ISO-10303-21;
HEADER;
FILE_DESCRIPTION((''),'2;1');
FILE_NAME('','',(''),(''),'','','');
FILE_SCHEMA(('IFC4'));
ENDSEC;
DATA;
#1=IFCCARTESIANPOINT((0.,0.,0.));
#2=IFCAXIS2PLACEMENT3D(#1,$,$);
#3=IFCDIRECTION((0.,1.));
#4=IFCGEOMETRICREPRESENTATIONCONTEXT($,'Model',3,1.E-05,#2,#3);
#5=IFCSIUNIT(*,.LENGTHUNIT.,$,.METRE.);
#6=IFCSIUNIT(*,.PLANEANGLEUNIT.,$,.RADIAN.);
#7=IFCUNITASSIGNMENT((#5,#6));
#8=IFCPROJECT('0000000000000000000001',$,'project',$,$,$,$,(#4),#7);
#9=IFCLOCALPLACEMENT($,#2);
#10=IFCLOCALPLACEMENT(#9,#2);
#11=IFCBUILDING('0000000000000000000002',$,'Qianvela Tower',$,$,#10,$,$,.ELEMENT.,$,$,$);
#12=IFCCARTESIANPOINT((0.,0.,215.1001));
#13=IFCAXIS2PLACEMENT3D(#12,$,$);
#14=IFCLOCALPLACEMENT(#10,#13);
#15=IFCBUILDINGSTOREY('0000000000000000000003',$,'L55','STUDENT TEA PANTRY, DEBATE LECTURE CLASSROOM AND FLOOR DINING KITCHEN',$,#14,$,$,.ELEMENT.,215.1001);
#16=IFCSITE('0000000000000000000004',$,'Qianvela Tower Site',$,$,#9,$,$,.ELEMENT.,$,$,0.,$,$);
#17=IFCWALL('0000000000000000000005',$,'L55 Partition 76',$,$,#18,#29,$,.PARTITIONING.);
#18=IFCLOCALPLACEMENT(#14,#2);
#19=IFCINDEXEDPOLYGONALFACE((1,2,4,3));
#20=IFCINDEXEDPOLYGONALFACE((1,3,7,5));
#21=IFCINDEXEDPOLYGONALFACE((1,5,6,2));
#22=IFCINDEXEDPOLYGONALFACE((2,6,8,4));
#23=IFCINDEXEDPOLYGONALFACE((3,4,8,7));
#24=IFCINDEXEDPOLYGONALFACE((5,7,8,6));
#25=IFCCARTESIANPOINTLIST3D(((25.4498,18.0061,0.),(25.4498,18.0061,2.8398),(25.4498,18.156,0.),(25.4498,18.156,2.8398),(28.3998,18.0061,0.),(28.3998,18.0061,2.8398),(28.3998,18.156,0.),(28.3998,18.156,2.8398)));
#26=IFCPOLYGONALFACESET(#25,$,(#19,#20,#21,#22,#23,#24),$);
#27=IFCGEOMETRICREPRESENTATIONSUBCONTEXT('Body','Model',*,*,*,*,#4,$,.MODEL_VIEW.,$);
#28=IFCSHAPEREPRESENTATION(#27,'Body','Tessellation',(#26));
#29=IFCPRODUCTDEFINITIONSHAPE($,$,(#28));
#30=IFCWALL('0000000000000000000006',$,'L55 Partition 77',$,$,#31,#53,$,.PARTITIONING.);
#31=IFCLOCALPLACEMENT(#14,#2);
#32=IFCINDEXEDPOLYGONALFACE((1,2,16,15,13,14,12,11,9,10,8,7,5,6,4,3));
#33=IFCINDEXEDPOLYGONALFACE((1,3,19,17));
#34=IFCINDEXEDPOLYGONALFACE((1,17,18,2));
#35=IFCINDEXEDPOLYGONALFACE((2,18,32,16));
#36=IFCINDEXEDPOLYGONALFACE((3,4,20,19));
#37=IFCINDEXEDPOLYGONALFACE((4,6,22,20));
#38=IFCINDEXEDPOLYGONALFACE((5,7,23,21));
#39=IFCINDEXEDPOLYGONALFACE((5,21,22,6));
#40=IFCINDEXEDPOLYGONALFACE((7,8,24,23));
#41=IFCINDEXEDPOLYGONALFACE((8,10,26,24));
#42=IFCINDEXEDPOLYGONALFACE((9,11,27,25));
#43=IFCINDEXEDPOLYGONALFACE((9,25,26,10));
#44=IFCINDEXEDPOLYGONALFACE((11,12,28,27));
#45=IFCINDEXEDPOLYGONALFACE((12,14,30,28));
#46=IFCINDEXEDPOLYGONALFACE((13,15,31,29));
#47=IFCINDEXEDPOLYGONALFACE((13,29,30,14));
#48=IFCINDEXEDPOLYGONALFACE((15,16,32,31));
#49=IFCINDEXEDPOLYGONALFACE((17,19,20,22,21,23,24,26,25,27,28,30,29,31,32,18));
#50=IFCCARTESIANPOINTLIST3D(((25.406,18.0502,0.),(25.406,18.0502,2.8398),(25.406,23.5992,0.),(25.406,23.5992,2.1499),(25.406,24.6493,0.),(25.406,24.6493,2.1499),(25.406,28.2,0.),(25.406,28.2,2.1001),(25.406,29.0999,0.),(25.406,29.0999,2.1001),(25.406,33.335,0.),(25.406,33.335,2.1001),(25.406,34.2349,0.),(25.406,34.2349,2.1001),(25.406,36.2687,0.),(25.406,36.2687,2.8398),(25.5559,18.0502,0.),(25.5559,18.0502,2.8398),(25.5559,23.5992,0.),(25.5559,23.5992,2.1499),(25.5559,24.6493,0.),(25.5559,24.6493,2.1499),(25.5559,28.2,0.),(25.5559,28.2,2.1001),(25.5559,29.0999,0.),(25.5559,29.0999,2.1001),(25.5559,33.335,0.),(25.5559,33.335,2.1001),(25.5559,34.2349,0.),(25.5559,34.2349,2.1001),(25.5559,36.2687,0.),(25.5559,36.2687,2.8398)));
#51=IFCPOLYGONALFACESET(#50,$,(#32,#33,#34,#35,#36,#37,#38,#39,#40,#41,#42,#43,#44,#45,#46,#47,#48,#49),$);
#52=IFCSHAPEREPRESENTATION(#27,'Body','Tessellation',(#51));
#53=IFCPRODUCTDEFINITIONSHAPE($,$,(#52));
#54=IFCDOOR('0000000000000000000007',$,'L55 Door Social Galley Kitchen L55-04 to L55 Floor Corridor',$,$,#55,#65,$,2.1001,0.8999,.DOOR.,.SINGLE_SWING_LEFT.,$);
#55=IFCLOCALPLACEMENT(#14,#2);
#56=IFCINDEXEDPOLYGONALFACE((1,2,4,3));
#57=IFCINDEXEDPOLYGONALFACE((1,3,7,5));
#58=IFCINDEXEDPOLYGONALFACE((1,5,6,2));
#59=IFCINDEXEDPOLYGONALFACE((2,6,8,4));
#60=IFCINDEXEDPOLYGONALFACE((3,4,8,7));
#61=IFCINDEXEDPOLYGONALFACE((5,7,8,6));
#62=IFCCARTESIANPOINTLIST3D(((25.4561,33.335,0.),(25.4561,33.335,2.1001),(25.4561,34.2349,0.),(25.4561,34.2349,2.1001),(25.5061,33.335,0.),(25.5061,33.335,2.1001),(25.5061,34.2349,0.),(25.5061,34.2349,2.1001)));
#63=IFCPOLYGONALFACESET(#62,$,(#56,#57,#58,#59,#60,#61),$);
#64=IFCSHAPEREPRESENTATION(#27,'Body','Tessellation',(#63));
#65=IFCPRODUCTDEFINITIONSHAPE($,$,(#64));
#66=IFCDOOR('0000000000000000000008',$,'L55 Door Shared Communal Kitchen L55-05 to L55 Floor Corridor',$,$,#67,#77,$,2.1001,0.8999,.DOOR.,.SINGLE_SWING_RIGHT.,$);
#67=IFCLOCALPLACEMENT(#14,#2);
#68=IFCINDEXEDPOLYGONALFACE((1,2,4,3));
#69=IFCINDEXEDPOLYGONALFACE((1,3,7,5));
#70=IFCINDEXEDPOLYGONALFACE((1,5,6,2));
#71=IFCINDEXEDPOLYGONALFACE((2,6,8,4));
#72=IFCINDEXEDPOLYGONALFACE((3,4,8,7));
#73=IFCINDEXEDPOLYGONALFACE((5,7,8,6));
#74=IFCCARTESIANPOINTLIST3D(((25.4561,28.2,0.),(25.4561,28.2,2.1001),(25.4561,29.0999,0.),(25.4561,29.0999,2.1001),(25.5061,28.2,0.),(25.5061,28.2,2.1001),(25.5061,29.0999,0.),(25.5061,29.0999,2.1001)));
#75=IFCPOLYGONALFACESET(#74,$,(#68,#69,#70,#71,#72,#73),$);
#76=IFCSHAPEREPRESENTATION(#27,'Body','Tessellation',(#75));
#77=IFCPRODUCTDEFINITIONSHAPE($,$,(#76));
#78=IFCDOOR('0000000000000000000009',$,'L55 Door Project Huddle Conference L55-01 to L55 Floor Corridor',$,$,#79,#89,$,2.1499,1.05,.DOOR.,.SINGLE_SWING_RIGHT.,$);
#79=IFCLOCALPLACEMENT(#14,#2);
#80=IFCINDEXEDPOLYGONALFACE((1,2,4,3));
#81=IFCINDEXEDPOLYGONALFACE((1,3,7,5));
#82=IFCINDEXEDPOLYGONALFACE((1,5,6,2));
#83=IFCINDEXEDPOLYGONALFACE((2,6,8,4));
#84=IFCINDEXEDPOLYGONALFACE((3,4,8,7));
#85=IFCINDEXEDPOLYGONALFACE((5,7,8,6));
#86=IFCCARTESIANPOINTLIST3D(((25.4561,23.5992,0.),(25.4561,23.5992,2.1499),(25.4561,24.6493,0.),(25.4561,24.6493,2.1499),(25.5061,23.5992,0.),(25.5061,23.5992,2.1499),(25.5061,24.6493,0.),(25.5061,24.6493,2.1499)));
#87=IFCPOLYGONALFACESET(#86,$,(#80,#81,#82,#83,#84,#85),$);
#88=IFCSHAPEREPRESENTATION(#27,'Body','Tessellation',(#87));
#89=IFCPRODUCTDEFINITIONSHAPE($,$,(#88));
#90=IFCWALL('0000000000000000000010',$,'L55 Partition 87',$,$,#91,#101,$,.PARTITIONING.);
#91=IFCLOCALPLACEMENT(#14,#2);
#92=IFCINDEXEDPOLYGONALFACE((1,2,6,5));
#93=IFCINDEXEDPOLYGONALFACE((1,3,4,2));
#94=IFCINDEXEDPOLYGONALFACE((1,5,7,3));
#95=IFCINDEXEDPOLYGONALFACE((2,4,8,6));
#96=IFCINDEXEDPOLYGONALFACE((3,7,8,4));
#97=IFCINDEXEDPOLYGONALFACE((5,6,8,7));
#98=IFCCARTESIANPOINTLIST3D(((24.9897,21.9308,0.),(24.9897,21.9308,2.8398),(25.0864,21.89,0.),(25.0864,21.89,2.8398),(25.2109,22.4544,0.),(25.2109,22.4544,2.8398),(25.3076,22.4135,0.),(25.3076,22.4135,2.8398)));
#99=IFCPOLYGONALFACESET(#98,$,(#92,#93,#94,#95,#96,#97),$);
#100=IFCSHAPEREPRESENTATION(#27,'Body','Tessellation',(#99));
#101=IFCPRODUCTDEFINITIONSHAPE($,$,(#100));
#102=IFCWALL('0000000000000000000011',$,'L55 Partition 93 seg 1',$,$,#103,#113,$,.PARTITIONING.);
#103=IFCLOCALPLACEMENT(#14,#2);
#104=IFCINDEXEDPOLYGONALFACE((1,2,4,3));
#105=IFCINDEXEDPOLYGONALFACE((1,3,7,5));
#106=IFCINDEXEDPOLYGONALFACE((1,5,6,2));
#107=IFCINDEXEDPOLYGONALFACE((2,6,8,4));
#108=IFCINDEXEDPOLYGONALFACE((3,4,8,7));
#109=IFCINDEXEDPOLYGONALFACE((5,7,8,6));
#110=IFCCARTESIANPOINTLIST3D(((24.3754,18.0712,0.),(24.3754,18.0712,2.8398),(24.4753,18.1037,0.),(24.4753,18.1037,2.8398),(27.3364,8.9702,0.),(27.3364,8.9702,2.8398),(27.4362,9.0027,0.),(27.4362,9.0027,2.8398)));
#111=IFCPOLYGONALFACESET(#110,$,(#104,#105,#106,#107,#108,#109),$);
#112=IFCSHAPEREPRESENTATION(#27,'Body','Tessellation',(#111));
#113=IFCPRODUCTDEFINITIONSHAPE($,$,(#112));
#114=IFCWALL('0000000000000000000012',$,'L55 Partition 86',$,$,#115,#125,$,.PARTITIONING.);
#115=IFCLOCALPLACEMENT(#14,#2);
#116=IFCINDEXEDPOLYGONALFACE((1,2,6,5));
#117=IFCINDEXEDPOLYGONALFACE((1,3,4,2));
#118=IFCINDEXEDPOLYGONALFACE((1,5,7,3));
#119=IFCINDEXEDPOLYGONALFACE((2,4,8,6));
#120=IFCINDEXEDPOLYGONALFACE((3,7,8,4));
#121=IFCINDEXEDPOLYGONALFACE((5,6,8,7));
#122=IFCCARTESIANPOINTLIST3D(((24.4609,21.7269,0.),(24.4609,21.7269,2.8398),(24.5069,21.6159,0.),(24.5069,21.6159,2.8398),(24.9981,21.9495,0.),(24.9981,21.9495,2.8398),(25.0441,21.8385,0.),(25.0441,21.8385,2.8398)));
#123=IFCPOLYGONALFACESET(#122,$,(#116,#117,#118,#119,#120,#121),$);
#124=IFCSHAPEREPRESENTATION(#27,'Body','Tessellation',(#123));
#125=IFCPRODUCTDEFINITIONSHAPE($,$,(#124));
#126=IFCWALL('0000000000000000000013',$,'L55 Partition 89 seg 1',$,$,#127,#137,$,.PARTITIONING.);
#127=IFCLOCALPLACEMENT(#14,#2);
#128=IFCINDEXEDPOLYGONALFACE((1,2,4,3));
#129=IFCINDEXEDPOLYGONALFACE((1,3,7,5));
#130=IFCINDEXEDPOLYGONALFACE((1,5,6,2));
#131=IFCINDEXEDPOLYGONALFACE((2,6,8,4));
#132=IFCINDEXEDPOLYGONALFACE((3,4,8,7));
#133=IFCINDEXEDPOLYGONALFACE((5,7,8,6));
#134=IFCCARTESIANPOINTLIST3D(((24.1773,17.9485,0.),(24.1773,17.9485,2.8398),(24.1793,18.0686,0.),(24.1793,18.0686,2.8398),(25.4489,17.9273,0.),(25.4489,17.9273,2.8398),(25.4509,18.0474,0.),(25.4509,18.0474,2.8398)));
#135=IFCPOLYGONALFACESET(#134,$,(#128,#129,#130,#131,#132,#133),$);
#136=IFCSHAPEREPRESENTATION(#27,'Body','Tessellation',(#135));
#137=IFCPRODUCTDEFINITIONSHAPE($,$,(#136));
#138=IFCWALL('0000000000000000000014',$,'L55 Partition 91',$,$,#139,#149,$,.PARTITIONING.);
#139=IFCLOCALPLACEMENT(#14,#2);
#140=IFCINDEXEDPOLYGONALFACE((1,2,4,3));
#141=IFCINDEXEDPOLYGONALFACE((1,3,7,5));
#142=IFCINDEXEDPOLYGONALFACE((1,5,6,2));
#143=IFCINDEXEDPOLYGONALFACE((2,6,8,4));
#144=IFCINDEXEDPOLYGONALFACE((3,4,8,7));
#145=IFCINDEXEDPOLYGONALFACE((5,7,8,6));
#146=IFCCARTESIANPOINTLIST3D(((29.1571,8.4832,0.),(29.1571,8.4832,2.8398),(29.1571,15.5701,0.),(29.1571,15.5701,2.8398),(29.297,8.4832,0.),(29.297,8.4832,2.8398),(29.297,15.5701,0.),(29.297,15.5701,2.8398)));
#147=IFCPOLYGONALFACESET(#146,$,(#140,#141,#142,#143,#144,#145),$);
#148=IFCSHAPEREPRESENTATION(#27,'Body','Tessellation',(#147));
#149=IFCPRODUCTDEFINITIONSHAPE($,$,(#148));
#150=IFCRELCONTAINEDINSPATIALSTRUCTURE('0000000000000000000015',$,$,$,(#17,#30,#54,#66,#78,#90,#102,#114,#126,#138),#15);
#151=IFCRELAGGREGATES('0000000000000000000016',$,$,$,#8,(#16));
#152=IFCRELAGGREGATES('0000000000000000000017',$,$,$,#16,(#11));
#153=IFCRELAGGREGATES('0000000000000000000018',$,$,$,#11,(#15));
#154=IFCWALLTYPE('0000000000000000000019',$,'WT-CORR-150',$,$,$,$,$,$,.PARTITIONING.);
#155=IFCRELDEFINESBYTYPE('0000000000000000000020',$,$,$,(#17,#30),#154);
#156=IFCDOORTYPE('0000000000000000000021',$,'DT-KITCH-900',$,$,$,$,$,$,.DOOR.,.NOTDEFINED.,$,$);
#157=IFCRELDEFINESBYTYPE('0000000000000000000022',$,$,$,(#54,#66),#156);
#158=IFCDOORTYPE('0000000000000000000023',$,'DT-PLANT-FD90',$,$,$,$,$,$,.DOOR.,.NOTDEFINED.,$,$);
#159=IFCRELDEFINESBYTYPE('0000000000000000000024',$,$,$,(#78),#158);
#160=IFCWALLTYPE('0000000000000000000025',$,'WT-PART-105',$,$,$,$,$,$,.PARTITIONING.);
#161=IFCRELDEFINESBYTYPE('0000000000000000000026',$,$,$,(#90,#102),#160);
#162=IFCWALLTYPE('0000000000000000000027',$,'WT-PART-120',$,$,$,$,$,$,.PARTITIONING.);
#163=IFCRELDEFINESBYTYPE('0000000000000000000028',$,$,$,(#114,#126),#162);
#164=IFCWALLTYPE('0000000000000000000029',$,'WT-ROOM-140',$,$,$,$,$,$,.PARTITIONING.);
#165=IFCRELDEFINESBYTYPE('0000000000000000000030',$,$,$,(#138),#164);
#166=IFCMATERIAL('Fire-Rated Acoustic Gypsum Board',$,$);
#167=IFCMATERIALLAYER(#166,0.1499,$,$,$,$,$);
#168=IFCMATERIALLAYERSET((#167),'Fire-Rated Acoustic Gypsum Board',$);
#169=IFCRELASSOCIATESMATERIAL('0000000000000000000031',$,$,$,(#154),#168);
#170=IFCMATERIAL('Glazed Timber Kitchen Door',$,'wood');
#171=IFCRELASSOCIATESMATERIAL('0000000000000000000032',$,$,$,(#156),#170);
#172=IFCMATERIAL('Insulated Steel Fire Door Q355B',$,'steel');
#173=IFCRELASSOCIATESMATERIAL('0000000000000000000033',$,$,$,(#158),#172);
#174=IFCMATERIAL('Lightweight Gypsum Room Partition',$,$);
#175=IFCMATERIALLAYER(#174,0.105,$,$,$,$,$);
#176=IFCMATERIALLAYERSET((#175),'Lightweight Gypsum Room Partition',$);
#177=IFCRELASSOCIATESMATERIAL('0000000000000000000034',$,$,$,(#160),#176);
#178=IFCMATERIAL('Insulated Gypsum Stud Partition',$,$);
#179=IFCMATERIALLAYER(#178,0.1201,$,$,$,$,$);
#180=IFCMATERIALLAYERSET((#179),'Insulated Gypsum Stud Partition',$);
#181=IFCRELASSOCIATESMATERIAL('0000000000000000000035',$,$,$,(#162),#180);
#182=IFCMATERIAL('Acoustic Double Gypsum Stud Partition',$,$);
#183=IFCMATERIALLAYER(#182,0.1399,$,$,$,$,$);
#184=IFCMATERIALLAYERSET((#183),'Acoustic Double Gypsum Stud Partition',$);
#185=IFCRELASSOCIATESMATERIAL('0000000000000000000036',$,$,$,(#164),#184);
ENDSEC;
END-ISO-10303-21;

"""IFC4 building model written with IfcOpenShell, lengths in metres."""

from ifc_helpers import new_model, si_unit, direction, frame, frame_2d, origin, place, context, subcontext, project, spatial, rectangle, extrude, material, layer, layer_set, type_object, element, fill, save


model = new_model("IFC4")

# Units and contexts
model_context = context("Model", 3, precision=1e-05, world=origin(), true_north=direction((0.0, 1.0)))
body_context = subcontext(model_context, "Body", "Model", "MODEL_VIEW")
ifc_project = project(units=[si_unit("LENGTHUNIT", "METRE"), si_unit("PLANEANGLEUNIT", "RADIAN")], contexts=[model_context])

# Site, building, storey
site_placement = place(None, origin())
site = spatial("IfcSite", under=ifc_project, at=site_placement, Name="Qianvela Tower Site", CompositionType="ELEMENT", RefElevation=0.0)
building_placement = place(site_placement, origin())
building = spatial("IfcBuilding", under=site, at=building_placement, Name="Qianvela Tower", CompositionType="ELEMENT")
storey_placement = place(building_placement, frame((0.0, 0.0, 215.1001)))
storey = spatial("IfcBuildingStorey", under=building, at=storey_placement, Name="L55", Description="STUDENT TEA PANTRY, DEBATE LECTURE CLASSROOM AND FLOOR DINING KITCHEN", CompositionType="ELEMENT", Elevation=215.1001)

# Wall
ifc_material_1 = material(Name="Fire-Rated Acoustic Gypsum Board")
ifc_layer_1 = layer(ifc_material_1, 0.1499)
ifc_layer_set_1 = layer_set([ifc_layer_1], Name="Fire-Rated Acoustic Gypsum Board")
wall_type_1 = type_object("IfcWallType", Name="WT-CORR-150", PredefinedType="PARTITIONING", material=ifc_layer_set_1)
wall_1_placement = place(storey_placement, frame((28.3999, 18.0811, 0.0), z_axis=(0.0, 0.0, 1.0), x_axis=(-1.0, 0.0, 0.0)))
element("IfcWall", 1, at=wall_1_placement, inside=storey, type_object=wall_type_1, Name="L55 Partition 76", PredefinedType="PARTITIONING", context=body_context, shape_type="SweptSolid", body=[
    extrude(rectangle(XDim=2.95, YDim=0.1499, at=frame_2d((1.4751, 0.0))), origin(), (0.0, 0.0, 1.0), 2.8398),
])

# Wall, openings, doors
wall_2_placement = place(storey_placement, frame((25.481, 18.05, 0.0), z_axis=(0.0, 0.0, 1.0), x_axis=(0.0, 1.0, 0.0)))
wall_2 = element("IfcWall", 2, at=wall_2_placement, inside=storey, type_object=wall_type_1, Name="L55 Partition 77", PredefinedType="PARTITIONING", context=body_context, shape_type="SweptSolid", body=[
    extrude(rectangle(XDim=18.2185, YDim=0.1499, at=frame_2d((9.1094, 0.0))), origin(), (0.0, 0.0, 1.0), 2.8398),
])
opening_1_placement = place(wall_2_placement, frame((5.5493, 0.0, 0.0)))
opening_1 = element("IfcOpeningElement", 3, at=opening_1_placement, cuts=wall_2, PredefinedType="OPENING", context=body_context, shape_type="SweptSolid", body=[
    extrude(rectangle(XDim=1.05, YDim=2.1499, at=frame_2d((0.5249, 1.075))), frame((0.0, 0.085, 0.0), z_axis=(0.0, -1.0, 0.0), x_axis=(1.0, 0.0, 0.0)), (0.0, 0.0, 1.0), 0.1699),
])
opening_2_placement = place(wall_2_placement, frame((15.2849, 0.0, 0.0)))
opening_2 = element("IfcOpeningElement", 4, at=opening_2_placement, cuts=wall_2, PredefinedType="OPENING", context=body_context, shape_type="SweptSolid", body=[
    extrude(rectangle(XDim=0.8999, YDim=2.1001, at=frame_2d((0.45, 1.05))), frame((0.0, 0.085, 0.0), z_axis=(0.0, -1.0, 0.0), x_axis=(1.0, 0.0, 0.0)), (0.0, 0.0, 1.0), 0.1699),
])
opening_3_placement = place(wall_2_placement, frame((10.1499, 0.0, 0.0)))
opening_3 = element("IfcOpeningElement", 5, at=opening_3_placement, cuts=wall_2, PredefinedType="OPENING", context=body_context, shape_type="SweptSolid", body=[
    extrude(rectangle(XDim=0.8999, YDim=2.1001, at=frame_2d((0.45, 1.05))), frame((0.0, 0.085, 0.0), z_axis=(0.0, -1.0, 0.0), x_axis=(1.0, 0.0, 0.0)), (0.0, 0.0, 1.0), 0.1699),
])
ifc_material_2 = material(Name="Glazed Timber Kitchen Door", Category="wood")
door_type_1 = type_object("IfcDoorType", Name="DT-KITCH-900", OperationType="NOTDEFINED", PredefinedType="DOOR", material=ifc_material_2)
door_1_placement = place(opening_2_placement, origin())
door_1 = element("IfcDoor", 6, at=door_1_placement, inside=storey, type_object=door_type_1, Name="L55 Door Social Galley Kitchen L55-04 to L55 Floor Corridor", OperationType="SINGLE_SWING_LEFT", OverallHeight=2.1001, OverallWidth=0.8999, PredefinedType="DOOR", context=body_context, shape_type="SweptSolid", body=[
    extrude(rectangle(XDim=0.8999, YDim=2.1001, at=frame_2d((0.45, 1.05))), frame((0.0, 0.0249, 0.0), z_axis=(0.0, -1.0, 0.0), x_axis=(1.0, 0.0, 0.0)), (0.0, 0.0, 1.0), 0.05),
])
fill(opening_2, door_1)
door_2_placement = place(opening_3_placement, origin())
door_2 = element("IfcDoor", 7, at=door_2_placement, inside=storey, type_object=door_type_1, Name="L55 Door Shared Communal Kitchen L55-05 to L55 Floor Corridor", OperationType="SINGLE_SWING_RIGHT", OverallHeight=2.1001, OverallWidth=0.8999, PredefinedType="DOOR", context=body_context, shape_type="SweptSolid", body=[
    extrude(rectangle(XDim=0.8999, YDim=2.1001, at=frame_2d((0.45, 1.05))), frame((0.0, 0.0249, 0.0), z_axis=(0.0, -1.0, 0.0), x_axis=(1.0, 0.0, 0.0)), (0.0, 0.0, 1.0), 0.05),
])
fill(opening_3, door_2)
ifc_material_3 = material(Name="Insulated Steel Fire Door Q355B", Category="steel")
door_type_2 = type_object("IfcDoorType", Name="DT-PLANT-FD90", OperationType="NOTDEFINED", PredefinedType="DOOR", material=ifc_material_3)
door_3_placement = place(opening_1_placement, origin())
door_3 = element("IfcDoor", 8, at=door_3_placement, inside=storey, type_object=door_type_2, Name="L55 Door Project Huddle Conference L55-01 to L55 Floor Corridor", OperationType="SINGLE_SWING_RIGHT", OverallHeight=2.1499, OverallWidth=1.05, PredefinedType="DOOR", context=body_context, shape_type="SweptSolid", body=[
    extrude(rectangle(XDim=1.05, YDim=2.1499, at=frame_2d((0.5249, 1.075))), frame((0.0, 0.0249, 0.0), z_axis=(0.0, -1.0, 0.0), x_axis=(1.0, 0.0, 0.0)), (0.0, 0.0, 1.0), 0.05),
])
fill(opening_1, door_3)

# Walls
ifc_material_4 = material(Name="Lightweight Gypsum Room Partition")
ifc_layer_2 = layer(ifc_material_4, 0.105)
ifc_layer_set_2 = layer_set([ifc_layer_2], Name="Lightweight Gypsum Room Partition")
wall_type_2 = type_object("IfcWallType", Name="WT-PART-105", PredefinedType="PARTITIONING", material=ifc_layer_set_2)
wall_3_placement = place(storey_placement, frame((25.0381, 21.9104, 0.0), z_axis=(0.0, 0.0, 1.0), x_axis=(0.389094, 0.921198, 0.0)))
element("IfcWall", 9, at=wall_3_placement, inside=storey, type_object=wall_type_2, Name="L55 Partition 87", PredefinedType="PARTITIONING", context=body_context, shape_type="SweptSolid", body=[
    extrude(rectangle(XDim=0.5684, YDim=0.105, at=frame_2d((0.2842, 0.0))), origin(), (0.0, 0.0, 1.0), 2.8398),
])
wall_4_placement = place(storey_placement, frame((27.3862, 8.9866, 0.0), z_axis=(0.0, 0.0, 1.0), x_axis=(-0.309378, 0.950939, 0.0)))
element("IfcWall", 10, at=wall_4_placement, inside=storey, type_object=wall_type_2, Name="L55 Partition 93 seg 1", PredefinedType="PARTITIONING", context=body_context, shape_type="SweptSolid", body=[
    extrude(rectangle(XDim=9.5706, YDim=0.105, at=frame_2d((4.7852, 0.0))), origin(), (0.0, 0.0, 1.0), 2.8398),
])
ifc_material_5 = material(Name="Insulated Gypsum Stud Partition")
ifc_layer_3 = layer(ifc_material_5, 0.1201)
ifc_layer_set_3 = layer_set([ifc_layer_3], Name="Insulated Gypsum Stud Partition")
wall_type_3 = type_object("IfcWallType", Name="WT-PART-120", PredefinedType="PARTITIONING", material=ifc_layer_set_3)
wall_5_placement = place(storey_placement, frame((24.4839, 21.6714, 0.0), z_axis=(0.0, 0.0, 1.0), x_axis=(0.923833, 0.382797, 0.0)))
element("IfcWall", 11, at=wall_5_placement, inside=storey, type_object=wall_type_3, Name="L55 Partition 86", PredefinedType="PARTITIONING", context=body_context, shape_type="SweptSolid", body=[
    extrude(rectangle(XDim=0.5815, YDim=0.1201, at=frame_2d((0.2908, 0.0))), origin(), (0.0, 0.0, 1.0), 2.8398),
])
wall_6_placement = place(storey_placement, frame((24.1785, 18.0085, 0.0), z_axis=(0.0, 0.0, 1.0), x_axis=(0.99986, -0.016703, 0.0)))
element("IfcWall", 12, at=wall_6_placement, inside=storey, type_object=wall_type_3, Name="L55 Partition 89 seg 1", PredefinedType="PARTITIONING", context=body_context, shape_type="SweptSolid", body=[
    extrude(rectangle(XDim=1.2717, YDim=0.1201, at=frame_2d((0.6357, 0.0))), origin(), (0.0, 0.0, 1.0), 2.8398),
])
ifc_material_6 = material(Name="Acoustic Double Gypsum Stud Partition")
ifc_layer_4 = layer(ifc_material_6, 0.1399)
ifc_layer_set_4 = layer_set([ifc_layer_4], Name="Acoustic Double Gypsum Stud Partition")
wall_type_4 = type_object("IfcWallType", Name="WT-ROOM-140", PredefinedType="PARTITIONING", material=ifc_layer_set_4)
wall_7_placement = place(storey_placement, frame((29.2271, 15.5701, 0.0), z_axis=(0.0, 0.0, 1.0), x_axis=(0.0, -1.0, 0.0)))
element("IfcWall", 13, at=wall_7_placement, inside=storey, type_object=wall_type_4, Name="L55 Partition 91", PredefinedType="PARTITIONING", context=body_context, shape_type="SweptSolid", body=[
    extrude(rectangle(XDim=7.0869, YDim=0.1399, at=frame_2d((3.5435, 0.0))), origin(), (0.0, 0.0, 1.0), 2.8398),
])

save(model, "model.ifc")
